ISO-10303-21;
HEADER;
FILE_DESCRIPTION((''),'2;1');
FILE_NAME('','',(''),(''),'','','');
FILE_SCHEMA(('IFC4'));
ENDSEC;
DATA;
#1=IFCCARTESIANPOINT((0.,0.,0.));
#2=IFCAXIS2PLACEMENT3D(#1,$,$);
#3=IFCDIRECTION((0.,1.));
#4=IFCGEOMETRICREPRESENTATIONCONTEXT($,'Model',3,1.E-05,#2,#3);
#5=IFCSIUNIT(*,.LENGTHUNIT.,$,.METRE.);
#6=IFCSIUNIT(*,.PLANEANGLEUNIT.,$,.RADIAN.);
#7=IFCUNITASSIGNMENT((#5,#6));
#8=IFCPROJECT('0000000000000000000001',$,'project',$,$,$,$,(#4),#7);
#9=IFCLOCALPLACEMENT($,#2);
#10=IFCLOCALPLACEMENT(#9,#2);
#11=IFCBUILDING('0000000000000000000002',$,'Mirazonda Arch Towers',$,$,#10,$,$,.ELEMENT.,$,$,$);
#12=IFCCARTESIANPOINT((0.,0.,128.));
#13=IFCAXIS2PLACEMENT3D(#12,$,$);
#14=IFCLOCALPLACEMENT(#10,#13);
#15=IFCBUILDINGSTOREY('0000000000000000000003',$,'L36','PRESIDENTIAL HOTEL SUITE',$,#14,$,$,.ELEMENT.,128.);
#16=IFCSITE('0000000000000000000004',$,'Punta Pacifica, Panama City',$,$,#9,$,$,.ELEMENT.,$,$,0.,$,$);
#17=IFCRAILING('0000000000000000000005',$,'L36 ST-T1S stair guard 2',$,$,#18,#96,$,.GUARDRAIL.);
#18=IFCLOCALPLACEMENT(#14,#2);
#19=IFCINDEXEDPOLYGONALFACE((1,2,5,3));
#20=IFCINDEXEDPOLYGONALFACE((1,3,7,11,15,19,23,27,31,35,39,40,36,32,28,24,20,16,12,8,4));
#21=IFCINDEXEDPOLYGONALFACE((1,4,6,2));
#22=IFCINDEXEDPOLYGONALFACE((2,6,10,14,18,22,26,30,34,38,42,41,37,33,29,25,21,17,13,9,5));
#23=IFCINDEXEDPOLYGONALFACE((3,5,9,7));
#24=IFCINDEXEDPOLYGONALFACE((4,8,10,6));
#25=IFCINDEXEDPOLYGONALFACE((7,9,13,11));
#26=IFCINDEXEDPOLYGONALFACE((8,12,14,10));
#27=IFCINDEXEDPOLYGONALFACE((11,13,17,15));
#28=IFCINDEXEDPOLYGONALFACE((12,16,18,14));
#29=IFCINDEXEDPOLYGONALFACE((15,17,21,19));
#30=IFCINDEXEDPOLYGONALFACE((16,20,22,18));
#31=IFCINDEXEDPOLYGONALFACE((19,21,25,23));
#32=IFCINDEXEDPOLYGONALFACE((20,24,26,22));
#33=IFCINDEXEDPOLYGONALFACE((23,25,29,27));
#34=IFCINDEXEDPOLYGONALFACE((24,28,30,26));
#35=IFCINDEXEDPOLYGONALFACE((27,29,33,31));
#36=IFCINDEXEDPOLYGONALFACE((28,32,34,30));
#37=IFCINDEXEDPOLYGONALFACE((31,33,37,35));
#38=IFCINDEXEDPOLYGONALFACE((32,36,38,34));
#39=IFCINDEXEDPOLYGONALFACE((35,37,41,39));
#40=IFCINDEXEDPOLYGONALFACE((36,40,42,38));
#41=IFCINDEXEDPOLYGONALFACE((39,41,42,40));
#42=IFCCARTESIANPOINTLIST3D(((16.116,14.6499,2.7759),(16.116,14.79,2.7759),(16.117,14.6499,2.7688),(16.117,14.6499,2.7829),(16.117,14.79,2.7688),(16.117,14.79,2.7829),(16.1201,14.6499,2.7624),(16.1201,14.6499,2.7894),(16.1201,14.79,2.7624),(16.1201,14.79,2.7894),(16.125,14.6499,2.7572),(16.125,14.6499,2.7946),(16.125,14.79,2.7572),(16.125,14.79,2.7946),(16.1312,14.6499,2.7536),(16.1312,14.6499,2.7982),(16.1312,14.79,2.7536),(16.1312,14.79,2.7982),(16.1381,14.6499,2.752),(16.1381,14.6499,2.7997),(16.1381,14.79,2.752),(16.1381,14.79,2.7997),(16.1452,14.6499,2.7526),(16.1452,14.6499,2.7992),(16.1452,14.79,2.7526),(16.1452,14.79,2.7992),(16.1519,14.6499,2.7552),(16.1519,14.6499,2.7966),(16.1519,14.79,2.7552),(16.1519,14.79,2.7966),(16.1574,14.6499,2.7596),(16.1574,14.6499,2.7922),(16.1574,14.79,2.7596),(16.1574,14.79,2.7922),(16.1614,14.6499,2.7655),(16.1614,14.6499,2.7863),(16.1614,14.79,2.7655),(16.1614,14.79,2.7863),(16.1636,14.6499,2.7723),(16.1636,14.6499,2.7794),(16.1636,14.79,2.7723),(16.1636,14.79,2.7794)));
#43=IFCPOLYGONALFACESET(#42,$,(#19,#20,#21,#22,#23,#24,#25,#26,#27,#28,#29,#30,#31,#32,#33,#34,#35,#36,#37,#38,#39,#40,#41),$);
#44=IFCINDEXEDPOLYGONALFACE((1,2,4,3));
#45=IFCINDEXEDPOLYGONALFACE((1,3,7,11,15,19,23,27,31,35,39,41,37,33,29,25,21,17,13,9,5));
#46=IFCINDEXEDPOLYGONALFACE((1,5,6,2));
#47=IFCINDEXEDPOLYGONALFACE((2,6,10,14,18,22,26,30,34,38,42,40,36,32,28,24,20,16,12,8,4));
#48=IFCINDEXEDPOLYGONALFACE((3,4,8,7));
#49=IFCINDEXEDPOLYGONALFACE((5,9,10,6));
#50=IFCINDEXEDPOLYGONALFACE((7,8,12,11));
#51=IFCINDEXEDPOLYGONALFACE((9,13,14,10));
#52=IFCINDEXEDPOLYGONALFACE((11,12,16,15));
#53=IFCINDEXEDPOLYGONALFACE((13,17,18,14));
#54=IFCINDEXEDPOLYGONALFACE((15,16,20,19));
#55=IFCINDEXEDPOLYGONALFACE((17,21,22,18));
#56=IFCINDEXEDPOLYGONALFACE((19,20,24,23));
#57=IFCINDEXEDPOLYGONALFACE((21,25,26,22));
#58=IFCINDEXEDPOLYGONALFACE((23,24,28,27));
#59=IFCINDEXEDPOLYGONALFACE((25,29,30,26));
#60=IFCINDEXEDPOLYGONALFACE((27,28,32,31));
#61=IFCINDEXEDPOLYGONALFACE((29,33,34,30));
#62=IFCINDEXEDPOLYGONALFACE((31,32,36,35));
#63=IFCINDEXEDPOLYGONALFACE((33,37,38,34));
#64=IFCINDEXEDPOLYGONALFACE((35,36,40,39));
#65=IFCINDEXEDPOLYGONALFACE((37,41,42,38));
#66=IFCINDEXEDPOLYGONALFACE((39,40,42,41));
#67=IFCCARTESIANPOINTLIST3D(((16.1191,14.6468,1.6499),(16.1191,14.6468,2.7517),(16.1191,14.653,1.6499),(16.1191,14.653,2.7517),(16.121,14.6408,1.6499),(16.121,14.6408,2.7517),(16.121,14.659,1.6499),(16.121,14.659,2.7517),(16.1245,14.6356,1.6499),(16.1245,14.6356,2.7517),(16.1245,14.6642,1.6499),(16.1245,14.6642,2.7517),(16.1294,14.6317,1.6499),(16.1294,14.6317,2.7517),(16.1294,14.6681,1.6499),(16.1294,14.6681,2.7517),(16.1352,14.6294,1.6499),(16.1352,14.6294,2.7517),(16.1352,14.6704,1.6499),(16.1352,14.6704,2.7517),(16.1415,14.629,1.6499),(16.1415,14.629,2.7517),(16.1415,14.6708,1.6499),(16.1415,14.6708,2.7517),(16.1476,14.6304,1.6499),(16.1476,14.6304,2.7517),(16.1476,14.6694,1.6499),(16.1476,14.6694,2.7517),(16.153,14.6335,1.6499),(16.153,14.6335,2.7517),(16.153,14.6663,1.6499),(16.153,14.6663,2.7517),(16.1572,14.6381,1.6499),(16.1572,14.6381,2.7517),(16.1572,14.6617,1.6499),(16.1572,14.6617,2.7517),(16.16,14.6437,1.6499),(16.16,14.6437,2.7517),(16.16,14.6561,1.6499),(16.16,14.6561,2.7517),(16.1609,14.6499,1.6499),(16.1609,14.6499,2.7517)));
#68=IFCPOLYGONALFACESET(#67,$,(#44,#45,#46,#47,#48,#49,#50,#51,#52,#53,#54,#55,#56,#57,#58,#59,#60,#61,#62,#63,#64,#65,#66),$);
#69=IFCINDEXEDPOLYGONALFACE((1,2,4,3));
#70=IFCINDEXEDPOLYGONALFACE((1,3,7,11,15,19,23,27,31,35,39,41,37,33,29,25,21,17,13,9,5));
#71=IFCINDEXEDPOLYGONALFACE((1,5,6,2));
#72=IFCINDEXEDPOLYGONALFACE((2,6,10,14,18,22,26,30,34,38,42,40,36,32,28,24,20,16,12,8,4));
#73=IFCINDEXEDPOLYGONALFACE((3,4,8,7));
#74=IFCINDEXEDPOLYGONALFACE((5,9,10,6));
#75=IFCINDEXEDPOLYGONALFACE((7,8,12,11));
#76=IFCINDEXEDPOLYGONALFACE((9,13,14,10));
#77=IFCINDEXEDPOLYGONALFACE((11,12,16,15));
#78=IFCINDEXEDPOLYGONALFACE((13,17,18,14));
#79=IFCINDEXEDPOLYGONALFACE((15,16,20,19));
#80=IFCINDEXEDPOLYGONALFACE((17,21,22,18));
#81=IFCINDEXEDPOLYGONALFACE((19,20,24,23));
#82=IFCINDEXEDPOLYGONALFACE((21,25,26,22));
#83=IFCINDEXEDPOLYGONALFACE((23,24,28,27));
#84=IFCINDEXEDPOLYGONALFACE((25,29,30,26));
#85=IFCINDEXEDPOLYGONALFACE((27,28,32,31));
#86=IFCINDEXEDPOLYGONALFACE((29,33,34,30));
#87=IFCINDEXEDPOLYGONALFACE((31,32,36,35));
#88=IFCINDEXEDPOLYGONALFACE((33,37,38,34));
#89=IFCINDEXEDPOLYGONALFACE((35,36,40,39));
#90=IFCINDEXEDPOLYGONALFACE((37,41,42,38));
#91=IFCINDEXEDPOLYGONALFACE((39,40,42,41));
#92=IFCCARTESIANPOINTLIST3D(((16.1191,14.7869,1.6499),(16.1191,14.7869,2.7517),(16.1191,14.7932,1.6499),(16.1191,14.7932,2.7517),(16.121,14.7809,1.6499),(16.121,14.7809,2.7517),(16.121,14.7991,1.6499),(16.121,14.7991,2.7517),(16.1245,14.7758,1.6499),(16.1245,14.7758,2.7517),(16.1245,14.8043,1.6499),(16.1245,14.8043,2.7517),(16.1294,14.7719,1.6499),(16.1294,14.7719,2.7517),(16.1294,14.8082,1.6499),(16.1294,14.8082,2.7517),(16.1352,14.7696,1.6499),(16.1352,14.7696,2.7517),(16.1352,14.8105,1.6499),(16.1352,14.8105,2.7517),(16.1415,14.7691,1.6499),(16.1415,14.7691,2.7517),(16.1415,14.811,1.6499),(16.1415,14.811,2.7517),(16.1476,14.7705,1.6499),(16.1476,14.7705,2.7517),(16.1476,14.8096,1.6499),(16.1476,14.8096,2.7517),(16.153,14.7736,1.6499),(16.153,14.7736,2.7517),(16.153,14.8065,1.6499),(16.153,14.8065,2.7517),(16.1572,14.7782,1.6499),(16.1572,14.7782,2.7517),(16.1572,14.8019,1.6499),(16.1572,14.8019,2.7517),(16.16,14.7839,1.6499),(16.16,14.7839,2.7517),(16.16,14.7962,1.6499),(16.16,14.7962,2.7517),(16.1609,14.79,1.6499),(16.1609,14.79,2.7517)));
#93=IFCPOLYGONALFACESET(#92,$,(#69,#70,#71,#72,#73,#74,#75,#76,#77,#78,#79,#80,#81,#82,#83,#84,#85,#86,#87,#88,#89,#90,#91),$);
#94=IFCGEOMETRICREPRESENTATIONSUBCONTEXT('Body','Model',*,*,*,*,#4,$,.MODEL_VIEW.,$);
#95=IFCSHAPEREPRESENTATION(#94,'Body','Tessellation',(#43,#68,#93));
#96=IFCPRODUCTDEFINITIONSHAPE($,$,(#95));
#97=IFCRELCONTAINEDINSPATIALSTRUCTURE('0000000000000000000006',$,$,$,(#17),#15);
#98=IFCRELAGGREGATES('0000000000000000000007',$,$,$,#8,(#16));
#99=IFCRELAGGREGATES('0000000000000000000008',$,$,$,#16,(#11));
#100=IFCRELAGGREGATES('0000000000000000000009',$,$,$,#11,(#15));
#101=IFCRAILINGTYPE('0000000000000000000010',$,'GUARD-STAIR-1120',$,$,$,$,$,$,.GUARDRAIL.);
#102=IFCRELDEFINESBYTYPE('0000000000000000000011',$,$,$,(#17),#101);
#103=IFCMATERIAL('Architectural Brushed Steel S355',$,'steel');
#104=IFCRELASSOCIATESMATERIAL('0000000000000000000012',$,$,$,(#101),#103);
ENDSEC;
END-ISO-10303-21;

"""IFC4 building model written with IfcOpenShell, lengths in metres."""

from ifc_helpers import new_model, si_unit, direction, frame, origin, origin_2d, place, context, subcontext, project, spatial, circle, extrude, material, type_object, element, save


model = new_model("IFC4")

# Units and contexts
model_context = context("Model", 3, precision=1e-05, world=origin(), true_north=direction((0.0, 1.0)))
body_context = subcontext(model_context, "Body", "Model", "MODEL_VIEW")
ifc_project = project(units=[si_unit("LENGTHUNIT", "METRE"), si_unit("PLANEANGLEUNIT", "RADIAN")], contexts=[model_context])

# Site, building, storey
site_placement = place(None, origin())
site = spatial("IfcSite", under=ifc_project, at=site_placement, Name="Punta Pacifica, Panama City", CompositionType="ELEMENT", RefElevation=0.0)
building_placement = place(site_placement, origin())
building = spatial("IfcBuilding", under=site, at=building_placement, Name="Mirazonda Arch Towers", CompositionType="ELEMENT")
storey_placement = place(building_placement, frame((0.0, 0.0, 128.0)))
storey = spatial("IfcBuildingStorey", under=building, at=storey_placement, Name="L36", Description="PRESIDENTIAL HOTEL SUITE", CompositionType="ELEMENT", Elevation=128.0)

# Shared definitions
ifc_material_1 = material(Name="Architectural Brushed Steel S355", Category="steel")

# Railing
railing_type_1 = type_object("IfcRailingType", Name="GUARD-STAIR-1120", PredefinedType="GUARDRAIL", material=ifc_material_1)
railing_1_placement = place(storey_placement, frame((16.1399, 14.6499, 1.6499)))
element("IfcRailing", 1, at=railing_1_placement, inside=storey, type_object=railing_type_1, Name="L36 ST-T1S stair guard 2", PredefinedType="GUARDRAIL", context=body_context, shape_type="SweptSolid", body=[
    extrude(circle(Radius=0.0239, at=origin_2d()), frame((0.0, 0.0, 1.126), z_axis=(0.0, 1.0, 0.0), x_axis=(-1.0, 0.0, 0.0)), (0.0, 0.0, 1.0), 0.1401),
    extrude(circle(Radius=0.021, at=origin_2d()), origin(), (0.0, 0.0, 1.0), 1.1018),
    extrude(circle(Radius=0.021, at=origin_2d()), frame((0.0, 0.1401, 0.0)), (0.0, 0.0, 1.0), 1.1018),
])

save(model, "model.ifc")
